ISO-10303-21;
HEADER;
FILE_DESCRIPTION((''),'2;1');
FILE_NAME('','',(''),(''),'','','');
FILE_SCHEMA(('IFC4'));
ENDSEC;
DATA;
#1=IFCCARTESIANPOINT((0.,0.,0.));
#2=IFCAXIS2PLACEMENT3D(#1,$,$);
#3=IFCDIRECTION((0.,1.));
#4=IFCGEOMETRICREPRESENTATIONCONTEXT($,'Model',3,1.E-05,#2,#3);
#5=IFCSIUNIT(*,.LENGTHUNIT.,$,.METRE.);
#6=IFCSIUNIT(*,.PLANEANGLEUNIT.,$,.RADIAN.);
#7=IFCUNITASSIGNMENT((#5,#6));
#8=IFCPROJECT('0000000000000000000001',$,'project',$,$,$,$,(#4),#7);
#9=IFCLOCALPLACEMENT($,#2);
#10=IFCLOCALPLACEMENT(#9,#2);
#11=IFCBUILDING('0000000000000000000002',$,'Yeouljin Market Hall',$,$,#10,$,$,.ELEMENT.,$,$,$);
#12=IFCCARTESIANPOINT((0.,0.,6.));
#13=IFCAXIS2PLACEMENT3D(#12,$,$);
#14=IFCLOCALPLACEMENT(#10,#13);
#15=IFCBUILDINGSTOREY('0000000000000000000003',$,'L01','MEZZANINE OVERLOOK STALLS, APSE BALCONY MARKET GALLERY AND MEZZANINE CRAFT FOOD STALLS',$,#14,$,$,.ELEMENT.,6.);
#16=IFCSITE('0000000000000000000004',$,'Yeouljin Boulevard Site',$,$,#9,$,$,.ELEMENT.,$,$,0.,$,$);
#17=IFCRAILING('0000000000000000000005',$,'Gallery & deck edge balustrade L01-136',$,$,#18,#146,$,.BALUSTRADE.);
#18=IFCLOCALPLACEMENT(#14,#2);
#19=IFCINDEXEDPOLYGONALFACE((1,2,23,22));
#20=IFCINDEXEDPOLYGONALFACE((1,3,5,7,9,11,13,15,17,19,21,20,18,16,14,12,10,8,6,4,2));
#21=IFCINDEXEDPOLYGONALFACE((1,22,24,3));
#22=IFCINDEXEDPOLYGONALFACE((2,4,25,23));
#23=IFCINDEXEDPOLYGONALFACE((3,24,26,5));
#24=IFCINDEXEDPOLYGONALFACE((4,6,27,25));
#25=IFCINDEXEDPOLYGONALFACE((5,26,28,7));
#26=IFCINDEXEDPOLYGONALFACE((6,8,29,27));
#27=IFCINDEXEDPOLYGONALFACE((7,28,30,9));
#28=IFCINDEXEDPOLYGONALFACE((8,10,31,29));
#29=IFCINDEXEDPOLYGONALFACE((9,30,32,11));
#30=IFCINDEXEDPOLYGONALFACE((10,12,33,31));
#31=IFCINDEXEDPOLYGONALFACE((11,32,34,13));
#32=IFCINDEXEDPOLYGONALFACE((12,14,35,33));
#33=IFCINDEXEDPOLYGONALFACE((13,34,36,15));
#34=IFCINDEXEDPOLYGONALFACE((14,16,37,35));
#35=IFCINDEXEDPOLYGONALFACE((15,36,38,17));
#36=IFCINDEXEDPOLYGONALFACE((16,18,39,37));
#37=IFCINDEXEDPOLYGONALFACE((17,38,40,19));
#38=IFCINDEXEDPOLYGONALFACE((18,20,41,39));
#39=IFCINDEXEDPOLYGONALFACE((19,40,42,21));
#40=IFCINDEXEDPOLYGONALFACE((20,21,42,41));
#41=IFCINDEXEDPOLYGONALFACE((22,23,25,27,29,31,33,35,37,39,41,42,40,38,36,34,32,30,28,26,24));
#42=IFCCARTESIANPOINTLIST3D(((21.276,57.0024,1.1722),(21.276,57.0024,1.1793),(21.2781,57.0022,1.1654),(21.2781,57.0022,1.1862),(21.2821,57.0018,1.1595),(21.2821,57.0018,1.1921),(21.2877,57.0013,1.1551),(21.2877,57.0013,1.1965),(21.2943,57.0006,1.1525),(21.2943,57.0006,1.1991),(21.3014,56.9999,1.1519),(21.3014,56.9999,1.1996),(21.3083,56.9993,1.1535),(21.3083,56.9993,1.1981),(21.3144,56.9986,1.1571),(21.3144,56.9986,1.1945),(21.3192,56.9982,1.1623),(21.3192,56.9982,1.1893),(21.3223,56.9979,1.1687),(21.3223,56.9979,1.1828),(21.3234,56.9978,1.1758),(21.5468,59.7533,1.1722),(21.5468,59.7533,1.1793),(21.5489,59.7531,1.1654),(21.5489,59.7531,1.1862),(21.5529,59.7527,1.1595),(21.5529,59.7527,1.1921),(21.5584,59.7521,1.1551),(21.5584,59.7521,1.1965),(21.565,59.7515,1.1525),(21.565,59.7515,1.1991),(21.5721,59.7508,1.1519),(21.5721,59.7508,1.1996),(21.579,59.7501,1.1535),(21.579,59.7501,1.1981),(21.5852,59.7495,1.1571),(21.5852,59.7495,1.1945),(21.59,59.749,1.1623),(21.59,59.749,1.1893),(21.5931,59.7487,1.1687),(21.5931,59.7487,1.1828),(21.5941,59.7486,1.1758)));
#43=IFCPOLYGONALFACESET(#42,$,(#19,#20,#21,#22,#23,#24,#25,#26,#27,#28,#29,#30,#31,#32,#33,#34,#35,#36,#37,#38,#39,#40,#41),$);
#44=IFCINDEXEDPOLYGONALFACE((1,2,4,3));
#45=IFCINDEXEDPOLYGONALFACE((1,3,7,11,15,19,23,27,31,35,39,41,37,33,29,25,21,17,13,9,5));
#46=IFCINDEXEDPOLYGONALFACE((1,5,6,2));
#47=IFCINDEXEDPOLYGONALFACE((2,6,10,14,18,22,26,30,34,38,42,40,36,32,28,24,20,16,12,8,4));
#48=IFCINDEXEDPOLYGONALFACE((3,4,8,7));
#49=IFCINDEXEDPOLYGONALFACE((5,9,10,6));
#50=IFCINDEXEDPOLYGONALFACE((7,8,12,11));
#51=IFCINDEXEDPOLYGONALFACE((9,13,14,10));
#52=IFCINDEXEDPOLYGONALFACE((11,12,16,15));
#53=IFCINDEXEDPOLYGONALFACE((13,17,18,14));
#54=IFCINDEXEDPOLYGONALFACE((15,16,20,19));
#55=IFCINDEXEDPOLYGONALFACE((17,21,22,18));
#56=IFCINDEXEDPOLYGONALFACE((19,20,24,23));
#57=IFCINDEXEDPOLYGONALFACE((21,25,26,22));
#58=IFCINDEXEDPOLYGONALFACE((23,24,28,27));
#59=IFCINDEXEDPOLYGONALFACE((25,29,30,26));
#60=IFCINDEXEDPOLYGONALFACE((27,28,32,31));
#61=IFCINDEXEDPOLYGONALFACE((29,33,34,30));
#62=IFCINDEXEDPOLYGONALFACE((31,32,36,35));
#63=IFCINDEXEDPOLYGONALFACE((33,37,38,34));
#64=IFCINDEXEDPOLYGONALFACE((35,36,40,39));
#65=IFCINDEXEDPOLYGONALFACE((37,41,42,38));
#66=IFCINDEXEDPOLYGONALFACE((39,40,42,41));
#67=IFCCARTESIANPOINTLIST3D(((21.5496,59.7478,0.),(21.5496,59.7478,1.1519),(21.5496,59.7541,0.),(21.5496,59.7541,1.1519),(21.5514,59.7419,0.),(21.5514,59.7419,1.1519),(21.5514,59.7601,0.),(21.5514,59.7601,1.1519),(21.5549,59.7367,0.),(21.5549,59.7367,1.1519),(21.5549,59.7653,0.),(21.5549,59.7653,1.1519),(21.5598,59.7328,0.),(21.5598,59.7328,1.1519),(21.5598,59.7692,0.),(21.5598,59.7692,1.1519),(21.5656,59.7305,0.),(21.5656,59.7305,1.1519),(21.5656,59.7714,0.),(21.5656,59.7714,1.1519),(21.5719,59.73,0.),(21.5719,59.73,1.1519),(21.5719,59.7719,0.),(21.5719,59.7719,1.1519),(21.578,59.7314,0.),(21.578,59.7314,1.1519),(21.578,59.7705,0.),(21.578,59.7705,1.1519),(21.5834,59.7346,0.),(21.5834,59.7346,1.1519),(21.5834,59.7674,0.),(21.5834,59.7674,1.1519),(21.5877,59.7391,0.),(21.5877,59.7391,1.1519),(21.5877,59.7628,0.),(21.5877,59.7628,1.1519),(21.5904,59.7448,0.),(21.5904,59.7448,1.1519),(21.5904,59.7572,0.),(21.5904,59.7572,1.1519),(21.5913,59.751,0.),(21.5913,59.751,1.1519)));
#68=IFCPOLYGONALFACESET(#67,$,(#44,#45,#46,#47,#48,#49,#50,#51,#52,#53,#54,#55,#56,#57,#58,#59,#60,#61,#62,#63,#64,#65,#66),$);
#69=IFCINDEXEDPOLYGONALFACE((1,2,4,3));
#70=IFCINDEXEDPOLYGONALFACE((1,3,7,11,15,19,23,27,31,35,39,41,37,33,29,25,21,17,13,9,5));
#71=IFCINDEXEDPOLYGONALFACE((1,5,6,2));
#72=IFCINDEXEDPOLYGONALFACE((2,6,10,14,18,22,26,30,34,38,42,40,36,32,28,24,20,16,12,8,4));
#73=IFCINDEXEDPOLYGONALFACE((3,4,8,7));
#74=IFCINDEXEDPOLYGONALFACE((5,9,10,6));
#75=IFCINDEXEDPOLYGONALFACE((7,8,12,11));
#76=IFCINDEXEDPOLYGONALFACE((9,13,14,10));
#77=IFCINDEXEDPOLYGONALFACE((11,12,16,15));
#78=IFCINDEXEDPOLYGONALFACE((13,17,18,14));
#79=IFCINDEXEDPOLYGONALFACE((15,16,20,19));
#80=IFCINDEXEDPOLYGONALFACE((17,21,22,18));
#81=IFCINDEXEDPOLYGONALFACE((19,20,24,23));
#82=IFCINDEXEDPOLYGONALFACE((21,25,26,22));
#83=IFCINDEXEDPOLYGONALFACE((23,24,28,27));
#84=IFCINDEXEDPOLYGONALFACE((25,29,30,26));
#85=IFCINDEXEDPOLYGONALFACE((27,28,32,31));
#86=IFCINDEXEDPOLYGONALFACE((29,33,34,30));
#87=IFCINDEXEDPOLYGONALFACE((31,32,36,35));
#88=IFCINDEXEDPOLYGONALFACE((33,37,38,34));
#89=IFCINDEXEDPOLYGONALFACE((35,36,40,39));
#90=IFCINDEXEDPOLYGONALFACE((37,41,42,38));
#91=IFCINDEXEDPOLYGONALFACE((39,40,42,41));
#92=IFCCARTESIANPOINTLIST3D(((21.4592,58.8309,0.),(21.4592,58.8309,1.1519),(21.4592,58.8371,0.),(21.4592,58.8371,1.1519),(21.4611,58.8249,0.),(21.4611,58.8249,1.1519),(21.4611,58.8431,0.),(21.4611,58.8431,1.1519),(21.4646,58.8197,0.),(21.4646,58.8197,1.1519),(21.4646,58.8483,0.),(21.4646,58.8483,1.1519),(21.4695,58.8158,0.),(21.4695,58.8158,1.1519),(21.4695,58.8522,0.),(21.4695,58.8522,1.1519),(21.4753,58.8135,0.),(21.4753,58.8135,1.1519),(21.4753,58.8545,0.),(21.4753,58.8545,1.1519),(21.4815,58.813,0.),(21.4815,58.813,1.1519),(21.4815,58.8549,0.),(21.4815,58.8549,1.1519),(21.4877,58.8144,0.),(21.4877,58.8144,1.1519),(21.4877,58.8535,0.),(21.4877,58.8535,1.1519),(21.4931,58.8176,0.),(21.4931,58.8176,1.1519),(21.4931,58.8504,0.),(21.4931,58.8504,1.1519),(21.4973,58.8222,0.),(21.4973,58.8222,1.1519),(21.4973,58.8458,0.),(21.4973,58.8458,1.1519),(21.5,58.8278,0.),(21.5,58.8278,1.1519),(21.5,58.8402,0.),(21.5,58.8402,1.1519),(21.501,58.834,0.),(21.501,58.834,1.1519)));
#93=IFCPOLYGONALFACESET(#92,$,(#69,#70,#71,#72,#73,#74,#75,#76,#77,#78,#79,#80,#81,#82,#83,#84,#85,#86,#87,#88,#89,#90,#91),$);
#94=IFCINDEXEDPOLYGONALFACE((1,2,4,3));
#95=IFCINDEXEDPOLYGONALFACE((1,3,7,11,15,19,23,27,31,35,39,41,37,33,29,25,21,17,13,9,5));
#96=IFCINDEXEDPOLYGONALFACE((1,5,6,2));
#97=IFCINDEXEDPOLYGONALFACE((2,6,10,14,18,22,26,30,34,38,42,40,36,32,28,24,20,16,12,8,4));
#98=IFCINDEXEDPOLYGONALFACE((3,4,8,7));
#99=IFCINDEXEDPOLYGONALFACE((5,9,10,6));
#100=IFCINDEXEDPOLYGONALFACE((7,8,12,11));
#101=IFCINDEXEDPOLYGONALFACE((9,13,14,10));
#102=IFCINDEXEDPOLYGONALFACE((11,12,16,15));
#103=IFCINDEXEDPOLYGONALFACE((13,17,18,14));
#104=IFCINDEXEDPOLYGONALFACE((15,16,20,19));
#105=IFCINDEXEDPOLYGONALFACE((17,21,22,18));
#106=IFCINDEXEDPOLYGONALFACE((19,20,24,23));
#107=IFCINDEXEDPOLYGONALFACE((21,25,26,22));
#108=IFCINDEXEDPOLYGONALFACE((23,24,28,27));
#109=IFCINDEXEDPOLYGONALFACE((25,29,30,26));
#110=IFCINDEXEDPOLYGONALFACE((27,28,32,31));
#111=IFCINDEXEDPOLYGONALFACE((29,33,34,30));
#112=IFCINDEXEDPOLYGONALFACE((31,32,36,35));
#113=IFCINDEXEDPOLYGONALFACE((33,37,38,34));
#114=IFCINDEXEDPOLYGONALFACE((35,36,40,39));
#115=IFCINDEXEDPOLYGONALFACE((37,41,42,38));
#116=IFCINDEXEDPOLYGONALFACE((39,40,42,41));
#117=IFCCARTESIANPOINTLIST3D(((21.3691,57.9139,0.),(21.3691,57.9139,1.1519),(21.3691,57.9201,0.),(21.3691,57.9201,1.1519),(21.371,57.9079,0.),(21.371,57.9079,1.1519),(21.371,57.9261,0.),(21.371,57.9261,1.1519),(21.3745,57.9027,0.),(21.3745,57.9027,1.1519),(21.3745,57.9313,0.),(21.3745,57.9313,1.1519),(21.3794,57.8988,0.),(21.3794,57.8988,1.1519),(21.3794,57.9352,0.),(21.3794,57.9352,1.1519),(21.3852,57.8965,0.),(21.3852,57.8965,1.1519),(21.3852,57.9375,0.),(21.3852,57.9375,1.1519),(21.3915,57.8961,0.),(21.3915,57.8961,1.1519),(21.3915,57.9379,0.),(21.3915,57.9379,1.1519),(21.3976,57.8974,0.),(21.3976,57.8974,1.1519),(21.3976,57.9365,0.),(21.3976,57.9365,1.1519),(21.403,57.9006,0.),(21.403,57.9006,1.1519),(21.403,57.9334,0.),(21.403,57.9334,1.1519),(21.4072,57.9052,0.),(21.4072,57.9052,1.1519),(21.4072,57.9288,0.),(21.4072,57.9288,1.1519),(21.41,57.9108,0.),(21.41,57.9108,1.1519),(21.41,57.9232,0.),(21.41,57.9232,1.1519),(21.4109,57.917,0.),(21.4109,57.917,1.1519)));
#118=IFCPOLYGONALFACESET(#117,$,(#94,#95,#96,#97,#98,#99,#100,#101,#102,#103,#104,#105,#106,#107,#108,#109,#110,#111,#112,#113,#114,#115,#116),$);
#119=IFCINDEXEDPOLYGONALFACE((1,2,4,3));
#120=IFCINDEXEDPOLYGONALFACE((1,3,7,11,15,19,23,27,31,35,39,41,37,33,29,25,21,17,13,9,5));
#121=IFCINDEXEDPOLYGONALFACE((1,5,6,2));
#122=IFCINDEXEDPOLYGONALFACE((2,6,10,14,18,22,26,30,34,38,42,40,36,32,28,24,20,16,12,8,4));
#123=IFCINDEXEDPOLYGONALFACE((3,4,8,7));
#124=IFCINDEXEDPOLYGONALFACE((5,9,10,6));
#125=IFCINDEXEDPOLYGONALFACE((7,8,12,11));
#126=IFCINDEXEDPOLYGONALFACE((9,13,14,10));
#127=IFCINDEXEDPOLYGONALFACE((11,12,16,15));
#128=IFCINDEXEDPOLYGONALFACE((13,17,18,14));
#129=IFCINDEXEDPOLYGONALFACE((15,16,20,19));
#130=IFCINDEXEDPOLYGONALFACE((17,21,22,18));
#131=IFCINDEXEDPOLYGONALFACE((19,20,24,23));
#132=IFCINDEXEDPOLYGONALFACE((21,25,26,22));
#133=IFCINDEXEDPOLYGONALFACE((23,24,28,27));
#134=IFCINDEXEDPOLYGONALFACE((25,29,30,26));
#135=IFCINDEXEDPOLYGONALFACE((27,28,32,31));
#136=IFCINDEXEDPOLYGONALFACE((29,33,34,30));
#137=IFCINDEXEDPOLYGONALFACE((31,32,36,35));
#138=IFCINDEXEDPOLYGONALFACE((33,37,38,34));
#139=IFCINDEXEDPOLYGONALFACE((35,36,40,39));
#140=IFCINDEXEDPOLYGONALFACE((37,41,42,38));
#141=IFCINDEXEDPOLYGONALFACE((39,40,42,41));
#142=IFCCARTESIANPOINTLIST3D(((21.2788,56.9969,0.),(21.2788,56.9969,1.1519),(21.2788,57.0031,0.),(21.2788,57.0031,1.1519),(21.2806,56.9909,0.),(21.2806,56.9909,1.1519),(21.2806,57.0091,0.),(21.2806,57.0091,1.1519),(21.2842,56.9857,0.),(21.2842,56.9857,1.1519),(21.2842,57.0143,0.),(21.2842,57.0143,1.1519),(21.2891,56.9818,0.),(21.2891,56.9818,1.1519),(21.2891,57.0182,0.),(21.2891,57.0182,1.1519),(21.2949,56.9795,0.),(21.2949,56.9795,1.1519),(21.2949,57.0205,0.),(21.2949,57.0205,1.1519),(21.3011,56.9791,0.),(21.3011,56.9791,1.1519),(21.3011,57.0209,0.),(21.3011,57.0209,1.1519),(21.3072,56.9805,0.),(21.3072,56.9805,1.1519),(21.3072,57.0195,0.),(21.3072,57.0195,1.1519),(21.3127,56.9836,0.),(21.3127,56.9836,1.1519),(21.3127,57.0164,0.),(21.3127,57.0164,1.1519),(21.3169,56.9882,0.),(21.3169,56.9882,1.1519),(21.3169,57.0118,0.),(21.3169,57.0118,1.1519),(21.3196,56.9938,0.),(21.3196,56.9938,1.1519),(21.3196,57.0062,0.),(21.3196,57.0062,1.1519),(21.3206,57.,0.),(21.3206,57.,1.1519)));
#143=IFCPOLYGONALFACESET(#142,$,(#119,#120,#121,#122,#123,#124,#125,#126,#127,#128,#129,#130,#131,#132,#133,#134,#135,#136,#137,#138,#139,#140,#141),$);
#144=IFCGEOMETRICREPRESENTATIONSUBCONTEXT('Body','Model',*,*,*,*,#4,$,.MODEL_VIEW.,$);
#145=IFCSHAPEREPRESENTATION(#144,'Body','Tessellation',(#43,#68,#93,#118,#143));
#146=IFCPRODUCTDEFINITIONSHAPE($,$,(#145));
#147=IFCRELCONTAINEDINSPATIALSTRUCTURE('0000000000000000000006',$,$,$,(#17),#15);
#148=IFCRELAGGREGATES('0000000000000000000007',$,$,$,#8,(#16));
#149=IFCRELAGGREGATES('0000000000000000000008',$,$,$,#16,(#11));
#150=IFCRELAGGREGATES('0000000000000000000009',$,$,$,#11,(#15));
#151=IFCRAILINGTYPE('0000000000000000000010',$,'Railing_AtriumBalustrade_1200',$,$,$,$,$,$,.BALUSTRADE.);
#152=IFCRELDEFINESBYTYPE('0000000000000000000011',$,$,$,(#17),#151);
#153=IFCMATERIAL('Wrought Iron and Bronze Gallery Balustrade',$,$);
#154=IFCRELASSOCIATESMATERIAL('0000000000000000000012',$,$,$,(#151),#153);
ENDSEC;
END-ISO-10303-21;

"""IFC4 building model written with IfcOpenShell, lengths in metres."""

from ifc_helpers import new_model, si_unit, direction, frame, origin, origin_2d, place, context, subcontext, project, spatial, circle, extrude, material, type_object, element, save


model = new_model("IFC4")

# Units and contexts
model_context = context("Model", 3, precision=1e-05, world=origin(), true_north=direction((0.0, 1.0)))
body_context = subcontext(model_context, "Body", "Model", "MODEL_VIEW")
ifc_project = project(units=[si_unit("LENGTHUNIT", "METRE"), si_unit("PLANEANGLEUNIT", "RADIAN")], contexts=[model_context])

# Site, building, storey
site_placement = place(None, origin())
site = spatial("IfcSite", under=ifc_project, at=site_placement, Name="Yeouljin Boulevard Site", CompositionType="ELEMENT", RefElevation=0.0)
building_placement = place(site_placement, origin())
building = spatial("IfcBuilding", under=site, at=building_placement, Name="Yeouljin Market Hall", CompositionType="ELEMENT")
storey_placement = place(building_placement, frame((0.0, 0.0, 6.0)))
storey = spatial("IfcBuildingStorey", under=building, at=storey_placement, Name="L01", Description="MEZZANINE OVERLOOK STALLS, APSE BALCONY MARKET GALLERY AND MEZZANINE CRAFT FOOD STALLS", CompositionType="ELEMENT", Elevation=6.0)

# Railing
ifc_material_1 = material(Name="Wrought Iron and Bronze Gallery Balustrade")
railing_type = type_object("IfcRailingType", Name="Railing_AtriumBalustrade_1200", PredefinedType="BALUSTRADE", material=ifc_material_1)
railing_1_placement = place(storey_placement, frame((21.5703, 59.751, 0.0)))
element("IfcRailing", 1, at=railing_1_placement, inside=storey, type_object=railing_type, Name="Gallery & deck edge balustrade L01-136", PredefinedType="BALUSTRADE", context=body_context, shape_type="SweptSolid", body=[
    extrude(circle(Radius=0.0239, at=origin_2d()), frame((0.0, 0.0, 1.1758), z_axis=(-0.097947, -0.995192, 0.0), x_axis=(0.995192, -0.097947, 0.0)), (0.0, 0.0, 1.0), 2.7642),
    extrude(circle(Radius=0.021, at=origin_2d()), origin(), (0.0, 0.0, 1.0), 1.1519),
    extrude(circle(Radius=0.021, at=origin_2d()), frame((-0.0903, -0.917, 0.0)), (0.0, 0.0, 1.0), 1.1519),
    extrude(circle(Radius=0.021, at=origin_2d()), frame((-0.1804, -1.834, 0.0)), (0.0, 0.0, 1.0), 1.1519),
    extrude(circle(Radius=0.021, at=origin_2d()), frame((-0.2708, -2.751, 0.0)), (0.0, 0.0, 1.0), 1.1519),
])

save(model, "model.ifc")
